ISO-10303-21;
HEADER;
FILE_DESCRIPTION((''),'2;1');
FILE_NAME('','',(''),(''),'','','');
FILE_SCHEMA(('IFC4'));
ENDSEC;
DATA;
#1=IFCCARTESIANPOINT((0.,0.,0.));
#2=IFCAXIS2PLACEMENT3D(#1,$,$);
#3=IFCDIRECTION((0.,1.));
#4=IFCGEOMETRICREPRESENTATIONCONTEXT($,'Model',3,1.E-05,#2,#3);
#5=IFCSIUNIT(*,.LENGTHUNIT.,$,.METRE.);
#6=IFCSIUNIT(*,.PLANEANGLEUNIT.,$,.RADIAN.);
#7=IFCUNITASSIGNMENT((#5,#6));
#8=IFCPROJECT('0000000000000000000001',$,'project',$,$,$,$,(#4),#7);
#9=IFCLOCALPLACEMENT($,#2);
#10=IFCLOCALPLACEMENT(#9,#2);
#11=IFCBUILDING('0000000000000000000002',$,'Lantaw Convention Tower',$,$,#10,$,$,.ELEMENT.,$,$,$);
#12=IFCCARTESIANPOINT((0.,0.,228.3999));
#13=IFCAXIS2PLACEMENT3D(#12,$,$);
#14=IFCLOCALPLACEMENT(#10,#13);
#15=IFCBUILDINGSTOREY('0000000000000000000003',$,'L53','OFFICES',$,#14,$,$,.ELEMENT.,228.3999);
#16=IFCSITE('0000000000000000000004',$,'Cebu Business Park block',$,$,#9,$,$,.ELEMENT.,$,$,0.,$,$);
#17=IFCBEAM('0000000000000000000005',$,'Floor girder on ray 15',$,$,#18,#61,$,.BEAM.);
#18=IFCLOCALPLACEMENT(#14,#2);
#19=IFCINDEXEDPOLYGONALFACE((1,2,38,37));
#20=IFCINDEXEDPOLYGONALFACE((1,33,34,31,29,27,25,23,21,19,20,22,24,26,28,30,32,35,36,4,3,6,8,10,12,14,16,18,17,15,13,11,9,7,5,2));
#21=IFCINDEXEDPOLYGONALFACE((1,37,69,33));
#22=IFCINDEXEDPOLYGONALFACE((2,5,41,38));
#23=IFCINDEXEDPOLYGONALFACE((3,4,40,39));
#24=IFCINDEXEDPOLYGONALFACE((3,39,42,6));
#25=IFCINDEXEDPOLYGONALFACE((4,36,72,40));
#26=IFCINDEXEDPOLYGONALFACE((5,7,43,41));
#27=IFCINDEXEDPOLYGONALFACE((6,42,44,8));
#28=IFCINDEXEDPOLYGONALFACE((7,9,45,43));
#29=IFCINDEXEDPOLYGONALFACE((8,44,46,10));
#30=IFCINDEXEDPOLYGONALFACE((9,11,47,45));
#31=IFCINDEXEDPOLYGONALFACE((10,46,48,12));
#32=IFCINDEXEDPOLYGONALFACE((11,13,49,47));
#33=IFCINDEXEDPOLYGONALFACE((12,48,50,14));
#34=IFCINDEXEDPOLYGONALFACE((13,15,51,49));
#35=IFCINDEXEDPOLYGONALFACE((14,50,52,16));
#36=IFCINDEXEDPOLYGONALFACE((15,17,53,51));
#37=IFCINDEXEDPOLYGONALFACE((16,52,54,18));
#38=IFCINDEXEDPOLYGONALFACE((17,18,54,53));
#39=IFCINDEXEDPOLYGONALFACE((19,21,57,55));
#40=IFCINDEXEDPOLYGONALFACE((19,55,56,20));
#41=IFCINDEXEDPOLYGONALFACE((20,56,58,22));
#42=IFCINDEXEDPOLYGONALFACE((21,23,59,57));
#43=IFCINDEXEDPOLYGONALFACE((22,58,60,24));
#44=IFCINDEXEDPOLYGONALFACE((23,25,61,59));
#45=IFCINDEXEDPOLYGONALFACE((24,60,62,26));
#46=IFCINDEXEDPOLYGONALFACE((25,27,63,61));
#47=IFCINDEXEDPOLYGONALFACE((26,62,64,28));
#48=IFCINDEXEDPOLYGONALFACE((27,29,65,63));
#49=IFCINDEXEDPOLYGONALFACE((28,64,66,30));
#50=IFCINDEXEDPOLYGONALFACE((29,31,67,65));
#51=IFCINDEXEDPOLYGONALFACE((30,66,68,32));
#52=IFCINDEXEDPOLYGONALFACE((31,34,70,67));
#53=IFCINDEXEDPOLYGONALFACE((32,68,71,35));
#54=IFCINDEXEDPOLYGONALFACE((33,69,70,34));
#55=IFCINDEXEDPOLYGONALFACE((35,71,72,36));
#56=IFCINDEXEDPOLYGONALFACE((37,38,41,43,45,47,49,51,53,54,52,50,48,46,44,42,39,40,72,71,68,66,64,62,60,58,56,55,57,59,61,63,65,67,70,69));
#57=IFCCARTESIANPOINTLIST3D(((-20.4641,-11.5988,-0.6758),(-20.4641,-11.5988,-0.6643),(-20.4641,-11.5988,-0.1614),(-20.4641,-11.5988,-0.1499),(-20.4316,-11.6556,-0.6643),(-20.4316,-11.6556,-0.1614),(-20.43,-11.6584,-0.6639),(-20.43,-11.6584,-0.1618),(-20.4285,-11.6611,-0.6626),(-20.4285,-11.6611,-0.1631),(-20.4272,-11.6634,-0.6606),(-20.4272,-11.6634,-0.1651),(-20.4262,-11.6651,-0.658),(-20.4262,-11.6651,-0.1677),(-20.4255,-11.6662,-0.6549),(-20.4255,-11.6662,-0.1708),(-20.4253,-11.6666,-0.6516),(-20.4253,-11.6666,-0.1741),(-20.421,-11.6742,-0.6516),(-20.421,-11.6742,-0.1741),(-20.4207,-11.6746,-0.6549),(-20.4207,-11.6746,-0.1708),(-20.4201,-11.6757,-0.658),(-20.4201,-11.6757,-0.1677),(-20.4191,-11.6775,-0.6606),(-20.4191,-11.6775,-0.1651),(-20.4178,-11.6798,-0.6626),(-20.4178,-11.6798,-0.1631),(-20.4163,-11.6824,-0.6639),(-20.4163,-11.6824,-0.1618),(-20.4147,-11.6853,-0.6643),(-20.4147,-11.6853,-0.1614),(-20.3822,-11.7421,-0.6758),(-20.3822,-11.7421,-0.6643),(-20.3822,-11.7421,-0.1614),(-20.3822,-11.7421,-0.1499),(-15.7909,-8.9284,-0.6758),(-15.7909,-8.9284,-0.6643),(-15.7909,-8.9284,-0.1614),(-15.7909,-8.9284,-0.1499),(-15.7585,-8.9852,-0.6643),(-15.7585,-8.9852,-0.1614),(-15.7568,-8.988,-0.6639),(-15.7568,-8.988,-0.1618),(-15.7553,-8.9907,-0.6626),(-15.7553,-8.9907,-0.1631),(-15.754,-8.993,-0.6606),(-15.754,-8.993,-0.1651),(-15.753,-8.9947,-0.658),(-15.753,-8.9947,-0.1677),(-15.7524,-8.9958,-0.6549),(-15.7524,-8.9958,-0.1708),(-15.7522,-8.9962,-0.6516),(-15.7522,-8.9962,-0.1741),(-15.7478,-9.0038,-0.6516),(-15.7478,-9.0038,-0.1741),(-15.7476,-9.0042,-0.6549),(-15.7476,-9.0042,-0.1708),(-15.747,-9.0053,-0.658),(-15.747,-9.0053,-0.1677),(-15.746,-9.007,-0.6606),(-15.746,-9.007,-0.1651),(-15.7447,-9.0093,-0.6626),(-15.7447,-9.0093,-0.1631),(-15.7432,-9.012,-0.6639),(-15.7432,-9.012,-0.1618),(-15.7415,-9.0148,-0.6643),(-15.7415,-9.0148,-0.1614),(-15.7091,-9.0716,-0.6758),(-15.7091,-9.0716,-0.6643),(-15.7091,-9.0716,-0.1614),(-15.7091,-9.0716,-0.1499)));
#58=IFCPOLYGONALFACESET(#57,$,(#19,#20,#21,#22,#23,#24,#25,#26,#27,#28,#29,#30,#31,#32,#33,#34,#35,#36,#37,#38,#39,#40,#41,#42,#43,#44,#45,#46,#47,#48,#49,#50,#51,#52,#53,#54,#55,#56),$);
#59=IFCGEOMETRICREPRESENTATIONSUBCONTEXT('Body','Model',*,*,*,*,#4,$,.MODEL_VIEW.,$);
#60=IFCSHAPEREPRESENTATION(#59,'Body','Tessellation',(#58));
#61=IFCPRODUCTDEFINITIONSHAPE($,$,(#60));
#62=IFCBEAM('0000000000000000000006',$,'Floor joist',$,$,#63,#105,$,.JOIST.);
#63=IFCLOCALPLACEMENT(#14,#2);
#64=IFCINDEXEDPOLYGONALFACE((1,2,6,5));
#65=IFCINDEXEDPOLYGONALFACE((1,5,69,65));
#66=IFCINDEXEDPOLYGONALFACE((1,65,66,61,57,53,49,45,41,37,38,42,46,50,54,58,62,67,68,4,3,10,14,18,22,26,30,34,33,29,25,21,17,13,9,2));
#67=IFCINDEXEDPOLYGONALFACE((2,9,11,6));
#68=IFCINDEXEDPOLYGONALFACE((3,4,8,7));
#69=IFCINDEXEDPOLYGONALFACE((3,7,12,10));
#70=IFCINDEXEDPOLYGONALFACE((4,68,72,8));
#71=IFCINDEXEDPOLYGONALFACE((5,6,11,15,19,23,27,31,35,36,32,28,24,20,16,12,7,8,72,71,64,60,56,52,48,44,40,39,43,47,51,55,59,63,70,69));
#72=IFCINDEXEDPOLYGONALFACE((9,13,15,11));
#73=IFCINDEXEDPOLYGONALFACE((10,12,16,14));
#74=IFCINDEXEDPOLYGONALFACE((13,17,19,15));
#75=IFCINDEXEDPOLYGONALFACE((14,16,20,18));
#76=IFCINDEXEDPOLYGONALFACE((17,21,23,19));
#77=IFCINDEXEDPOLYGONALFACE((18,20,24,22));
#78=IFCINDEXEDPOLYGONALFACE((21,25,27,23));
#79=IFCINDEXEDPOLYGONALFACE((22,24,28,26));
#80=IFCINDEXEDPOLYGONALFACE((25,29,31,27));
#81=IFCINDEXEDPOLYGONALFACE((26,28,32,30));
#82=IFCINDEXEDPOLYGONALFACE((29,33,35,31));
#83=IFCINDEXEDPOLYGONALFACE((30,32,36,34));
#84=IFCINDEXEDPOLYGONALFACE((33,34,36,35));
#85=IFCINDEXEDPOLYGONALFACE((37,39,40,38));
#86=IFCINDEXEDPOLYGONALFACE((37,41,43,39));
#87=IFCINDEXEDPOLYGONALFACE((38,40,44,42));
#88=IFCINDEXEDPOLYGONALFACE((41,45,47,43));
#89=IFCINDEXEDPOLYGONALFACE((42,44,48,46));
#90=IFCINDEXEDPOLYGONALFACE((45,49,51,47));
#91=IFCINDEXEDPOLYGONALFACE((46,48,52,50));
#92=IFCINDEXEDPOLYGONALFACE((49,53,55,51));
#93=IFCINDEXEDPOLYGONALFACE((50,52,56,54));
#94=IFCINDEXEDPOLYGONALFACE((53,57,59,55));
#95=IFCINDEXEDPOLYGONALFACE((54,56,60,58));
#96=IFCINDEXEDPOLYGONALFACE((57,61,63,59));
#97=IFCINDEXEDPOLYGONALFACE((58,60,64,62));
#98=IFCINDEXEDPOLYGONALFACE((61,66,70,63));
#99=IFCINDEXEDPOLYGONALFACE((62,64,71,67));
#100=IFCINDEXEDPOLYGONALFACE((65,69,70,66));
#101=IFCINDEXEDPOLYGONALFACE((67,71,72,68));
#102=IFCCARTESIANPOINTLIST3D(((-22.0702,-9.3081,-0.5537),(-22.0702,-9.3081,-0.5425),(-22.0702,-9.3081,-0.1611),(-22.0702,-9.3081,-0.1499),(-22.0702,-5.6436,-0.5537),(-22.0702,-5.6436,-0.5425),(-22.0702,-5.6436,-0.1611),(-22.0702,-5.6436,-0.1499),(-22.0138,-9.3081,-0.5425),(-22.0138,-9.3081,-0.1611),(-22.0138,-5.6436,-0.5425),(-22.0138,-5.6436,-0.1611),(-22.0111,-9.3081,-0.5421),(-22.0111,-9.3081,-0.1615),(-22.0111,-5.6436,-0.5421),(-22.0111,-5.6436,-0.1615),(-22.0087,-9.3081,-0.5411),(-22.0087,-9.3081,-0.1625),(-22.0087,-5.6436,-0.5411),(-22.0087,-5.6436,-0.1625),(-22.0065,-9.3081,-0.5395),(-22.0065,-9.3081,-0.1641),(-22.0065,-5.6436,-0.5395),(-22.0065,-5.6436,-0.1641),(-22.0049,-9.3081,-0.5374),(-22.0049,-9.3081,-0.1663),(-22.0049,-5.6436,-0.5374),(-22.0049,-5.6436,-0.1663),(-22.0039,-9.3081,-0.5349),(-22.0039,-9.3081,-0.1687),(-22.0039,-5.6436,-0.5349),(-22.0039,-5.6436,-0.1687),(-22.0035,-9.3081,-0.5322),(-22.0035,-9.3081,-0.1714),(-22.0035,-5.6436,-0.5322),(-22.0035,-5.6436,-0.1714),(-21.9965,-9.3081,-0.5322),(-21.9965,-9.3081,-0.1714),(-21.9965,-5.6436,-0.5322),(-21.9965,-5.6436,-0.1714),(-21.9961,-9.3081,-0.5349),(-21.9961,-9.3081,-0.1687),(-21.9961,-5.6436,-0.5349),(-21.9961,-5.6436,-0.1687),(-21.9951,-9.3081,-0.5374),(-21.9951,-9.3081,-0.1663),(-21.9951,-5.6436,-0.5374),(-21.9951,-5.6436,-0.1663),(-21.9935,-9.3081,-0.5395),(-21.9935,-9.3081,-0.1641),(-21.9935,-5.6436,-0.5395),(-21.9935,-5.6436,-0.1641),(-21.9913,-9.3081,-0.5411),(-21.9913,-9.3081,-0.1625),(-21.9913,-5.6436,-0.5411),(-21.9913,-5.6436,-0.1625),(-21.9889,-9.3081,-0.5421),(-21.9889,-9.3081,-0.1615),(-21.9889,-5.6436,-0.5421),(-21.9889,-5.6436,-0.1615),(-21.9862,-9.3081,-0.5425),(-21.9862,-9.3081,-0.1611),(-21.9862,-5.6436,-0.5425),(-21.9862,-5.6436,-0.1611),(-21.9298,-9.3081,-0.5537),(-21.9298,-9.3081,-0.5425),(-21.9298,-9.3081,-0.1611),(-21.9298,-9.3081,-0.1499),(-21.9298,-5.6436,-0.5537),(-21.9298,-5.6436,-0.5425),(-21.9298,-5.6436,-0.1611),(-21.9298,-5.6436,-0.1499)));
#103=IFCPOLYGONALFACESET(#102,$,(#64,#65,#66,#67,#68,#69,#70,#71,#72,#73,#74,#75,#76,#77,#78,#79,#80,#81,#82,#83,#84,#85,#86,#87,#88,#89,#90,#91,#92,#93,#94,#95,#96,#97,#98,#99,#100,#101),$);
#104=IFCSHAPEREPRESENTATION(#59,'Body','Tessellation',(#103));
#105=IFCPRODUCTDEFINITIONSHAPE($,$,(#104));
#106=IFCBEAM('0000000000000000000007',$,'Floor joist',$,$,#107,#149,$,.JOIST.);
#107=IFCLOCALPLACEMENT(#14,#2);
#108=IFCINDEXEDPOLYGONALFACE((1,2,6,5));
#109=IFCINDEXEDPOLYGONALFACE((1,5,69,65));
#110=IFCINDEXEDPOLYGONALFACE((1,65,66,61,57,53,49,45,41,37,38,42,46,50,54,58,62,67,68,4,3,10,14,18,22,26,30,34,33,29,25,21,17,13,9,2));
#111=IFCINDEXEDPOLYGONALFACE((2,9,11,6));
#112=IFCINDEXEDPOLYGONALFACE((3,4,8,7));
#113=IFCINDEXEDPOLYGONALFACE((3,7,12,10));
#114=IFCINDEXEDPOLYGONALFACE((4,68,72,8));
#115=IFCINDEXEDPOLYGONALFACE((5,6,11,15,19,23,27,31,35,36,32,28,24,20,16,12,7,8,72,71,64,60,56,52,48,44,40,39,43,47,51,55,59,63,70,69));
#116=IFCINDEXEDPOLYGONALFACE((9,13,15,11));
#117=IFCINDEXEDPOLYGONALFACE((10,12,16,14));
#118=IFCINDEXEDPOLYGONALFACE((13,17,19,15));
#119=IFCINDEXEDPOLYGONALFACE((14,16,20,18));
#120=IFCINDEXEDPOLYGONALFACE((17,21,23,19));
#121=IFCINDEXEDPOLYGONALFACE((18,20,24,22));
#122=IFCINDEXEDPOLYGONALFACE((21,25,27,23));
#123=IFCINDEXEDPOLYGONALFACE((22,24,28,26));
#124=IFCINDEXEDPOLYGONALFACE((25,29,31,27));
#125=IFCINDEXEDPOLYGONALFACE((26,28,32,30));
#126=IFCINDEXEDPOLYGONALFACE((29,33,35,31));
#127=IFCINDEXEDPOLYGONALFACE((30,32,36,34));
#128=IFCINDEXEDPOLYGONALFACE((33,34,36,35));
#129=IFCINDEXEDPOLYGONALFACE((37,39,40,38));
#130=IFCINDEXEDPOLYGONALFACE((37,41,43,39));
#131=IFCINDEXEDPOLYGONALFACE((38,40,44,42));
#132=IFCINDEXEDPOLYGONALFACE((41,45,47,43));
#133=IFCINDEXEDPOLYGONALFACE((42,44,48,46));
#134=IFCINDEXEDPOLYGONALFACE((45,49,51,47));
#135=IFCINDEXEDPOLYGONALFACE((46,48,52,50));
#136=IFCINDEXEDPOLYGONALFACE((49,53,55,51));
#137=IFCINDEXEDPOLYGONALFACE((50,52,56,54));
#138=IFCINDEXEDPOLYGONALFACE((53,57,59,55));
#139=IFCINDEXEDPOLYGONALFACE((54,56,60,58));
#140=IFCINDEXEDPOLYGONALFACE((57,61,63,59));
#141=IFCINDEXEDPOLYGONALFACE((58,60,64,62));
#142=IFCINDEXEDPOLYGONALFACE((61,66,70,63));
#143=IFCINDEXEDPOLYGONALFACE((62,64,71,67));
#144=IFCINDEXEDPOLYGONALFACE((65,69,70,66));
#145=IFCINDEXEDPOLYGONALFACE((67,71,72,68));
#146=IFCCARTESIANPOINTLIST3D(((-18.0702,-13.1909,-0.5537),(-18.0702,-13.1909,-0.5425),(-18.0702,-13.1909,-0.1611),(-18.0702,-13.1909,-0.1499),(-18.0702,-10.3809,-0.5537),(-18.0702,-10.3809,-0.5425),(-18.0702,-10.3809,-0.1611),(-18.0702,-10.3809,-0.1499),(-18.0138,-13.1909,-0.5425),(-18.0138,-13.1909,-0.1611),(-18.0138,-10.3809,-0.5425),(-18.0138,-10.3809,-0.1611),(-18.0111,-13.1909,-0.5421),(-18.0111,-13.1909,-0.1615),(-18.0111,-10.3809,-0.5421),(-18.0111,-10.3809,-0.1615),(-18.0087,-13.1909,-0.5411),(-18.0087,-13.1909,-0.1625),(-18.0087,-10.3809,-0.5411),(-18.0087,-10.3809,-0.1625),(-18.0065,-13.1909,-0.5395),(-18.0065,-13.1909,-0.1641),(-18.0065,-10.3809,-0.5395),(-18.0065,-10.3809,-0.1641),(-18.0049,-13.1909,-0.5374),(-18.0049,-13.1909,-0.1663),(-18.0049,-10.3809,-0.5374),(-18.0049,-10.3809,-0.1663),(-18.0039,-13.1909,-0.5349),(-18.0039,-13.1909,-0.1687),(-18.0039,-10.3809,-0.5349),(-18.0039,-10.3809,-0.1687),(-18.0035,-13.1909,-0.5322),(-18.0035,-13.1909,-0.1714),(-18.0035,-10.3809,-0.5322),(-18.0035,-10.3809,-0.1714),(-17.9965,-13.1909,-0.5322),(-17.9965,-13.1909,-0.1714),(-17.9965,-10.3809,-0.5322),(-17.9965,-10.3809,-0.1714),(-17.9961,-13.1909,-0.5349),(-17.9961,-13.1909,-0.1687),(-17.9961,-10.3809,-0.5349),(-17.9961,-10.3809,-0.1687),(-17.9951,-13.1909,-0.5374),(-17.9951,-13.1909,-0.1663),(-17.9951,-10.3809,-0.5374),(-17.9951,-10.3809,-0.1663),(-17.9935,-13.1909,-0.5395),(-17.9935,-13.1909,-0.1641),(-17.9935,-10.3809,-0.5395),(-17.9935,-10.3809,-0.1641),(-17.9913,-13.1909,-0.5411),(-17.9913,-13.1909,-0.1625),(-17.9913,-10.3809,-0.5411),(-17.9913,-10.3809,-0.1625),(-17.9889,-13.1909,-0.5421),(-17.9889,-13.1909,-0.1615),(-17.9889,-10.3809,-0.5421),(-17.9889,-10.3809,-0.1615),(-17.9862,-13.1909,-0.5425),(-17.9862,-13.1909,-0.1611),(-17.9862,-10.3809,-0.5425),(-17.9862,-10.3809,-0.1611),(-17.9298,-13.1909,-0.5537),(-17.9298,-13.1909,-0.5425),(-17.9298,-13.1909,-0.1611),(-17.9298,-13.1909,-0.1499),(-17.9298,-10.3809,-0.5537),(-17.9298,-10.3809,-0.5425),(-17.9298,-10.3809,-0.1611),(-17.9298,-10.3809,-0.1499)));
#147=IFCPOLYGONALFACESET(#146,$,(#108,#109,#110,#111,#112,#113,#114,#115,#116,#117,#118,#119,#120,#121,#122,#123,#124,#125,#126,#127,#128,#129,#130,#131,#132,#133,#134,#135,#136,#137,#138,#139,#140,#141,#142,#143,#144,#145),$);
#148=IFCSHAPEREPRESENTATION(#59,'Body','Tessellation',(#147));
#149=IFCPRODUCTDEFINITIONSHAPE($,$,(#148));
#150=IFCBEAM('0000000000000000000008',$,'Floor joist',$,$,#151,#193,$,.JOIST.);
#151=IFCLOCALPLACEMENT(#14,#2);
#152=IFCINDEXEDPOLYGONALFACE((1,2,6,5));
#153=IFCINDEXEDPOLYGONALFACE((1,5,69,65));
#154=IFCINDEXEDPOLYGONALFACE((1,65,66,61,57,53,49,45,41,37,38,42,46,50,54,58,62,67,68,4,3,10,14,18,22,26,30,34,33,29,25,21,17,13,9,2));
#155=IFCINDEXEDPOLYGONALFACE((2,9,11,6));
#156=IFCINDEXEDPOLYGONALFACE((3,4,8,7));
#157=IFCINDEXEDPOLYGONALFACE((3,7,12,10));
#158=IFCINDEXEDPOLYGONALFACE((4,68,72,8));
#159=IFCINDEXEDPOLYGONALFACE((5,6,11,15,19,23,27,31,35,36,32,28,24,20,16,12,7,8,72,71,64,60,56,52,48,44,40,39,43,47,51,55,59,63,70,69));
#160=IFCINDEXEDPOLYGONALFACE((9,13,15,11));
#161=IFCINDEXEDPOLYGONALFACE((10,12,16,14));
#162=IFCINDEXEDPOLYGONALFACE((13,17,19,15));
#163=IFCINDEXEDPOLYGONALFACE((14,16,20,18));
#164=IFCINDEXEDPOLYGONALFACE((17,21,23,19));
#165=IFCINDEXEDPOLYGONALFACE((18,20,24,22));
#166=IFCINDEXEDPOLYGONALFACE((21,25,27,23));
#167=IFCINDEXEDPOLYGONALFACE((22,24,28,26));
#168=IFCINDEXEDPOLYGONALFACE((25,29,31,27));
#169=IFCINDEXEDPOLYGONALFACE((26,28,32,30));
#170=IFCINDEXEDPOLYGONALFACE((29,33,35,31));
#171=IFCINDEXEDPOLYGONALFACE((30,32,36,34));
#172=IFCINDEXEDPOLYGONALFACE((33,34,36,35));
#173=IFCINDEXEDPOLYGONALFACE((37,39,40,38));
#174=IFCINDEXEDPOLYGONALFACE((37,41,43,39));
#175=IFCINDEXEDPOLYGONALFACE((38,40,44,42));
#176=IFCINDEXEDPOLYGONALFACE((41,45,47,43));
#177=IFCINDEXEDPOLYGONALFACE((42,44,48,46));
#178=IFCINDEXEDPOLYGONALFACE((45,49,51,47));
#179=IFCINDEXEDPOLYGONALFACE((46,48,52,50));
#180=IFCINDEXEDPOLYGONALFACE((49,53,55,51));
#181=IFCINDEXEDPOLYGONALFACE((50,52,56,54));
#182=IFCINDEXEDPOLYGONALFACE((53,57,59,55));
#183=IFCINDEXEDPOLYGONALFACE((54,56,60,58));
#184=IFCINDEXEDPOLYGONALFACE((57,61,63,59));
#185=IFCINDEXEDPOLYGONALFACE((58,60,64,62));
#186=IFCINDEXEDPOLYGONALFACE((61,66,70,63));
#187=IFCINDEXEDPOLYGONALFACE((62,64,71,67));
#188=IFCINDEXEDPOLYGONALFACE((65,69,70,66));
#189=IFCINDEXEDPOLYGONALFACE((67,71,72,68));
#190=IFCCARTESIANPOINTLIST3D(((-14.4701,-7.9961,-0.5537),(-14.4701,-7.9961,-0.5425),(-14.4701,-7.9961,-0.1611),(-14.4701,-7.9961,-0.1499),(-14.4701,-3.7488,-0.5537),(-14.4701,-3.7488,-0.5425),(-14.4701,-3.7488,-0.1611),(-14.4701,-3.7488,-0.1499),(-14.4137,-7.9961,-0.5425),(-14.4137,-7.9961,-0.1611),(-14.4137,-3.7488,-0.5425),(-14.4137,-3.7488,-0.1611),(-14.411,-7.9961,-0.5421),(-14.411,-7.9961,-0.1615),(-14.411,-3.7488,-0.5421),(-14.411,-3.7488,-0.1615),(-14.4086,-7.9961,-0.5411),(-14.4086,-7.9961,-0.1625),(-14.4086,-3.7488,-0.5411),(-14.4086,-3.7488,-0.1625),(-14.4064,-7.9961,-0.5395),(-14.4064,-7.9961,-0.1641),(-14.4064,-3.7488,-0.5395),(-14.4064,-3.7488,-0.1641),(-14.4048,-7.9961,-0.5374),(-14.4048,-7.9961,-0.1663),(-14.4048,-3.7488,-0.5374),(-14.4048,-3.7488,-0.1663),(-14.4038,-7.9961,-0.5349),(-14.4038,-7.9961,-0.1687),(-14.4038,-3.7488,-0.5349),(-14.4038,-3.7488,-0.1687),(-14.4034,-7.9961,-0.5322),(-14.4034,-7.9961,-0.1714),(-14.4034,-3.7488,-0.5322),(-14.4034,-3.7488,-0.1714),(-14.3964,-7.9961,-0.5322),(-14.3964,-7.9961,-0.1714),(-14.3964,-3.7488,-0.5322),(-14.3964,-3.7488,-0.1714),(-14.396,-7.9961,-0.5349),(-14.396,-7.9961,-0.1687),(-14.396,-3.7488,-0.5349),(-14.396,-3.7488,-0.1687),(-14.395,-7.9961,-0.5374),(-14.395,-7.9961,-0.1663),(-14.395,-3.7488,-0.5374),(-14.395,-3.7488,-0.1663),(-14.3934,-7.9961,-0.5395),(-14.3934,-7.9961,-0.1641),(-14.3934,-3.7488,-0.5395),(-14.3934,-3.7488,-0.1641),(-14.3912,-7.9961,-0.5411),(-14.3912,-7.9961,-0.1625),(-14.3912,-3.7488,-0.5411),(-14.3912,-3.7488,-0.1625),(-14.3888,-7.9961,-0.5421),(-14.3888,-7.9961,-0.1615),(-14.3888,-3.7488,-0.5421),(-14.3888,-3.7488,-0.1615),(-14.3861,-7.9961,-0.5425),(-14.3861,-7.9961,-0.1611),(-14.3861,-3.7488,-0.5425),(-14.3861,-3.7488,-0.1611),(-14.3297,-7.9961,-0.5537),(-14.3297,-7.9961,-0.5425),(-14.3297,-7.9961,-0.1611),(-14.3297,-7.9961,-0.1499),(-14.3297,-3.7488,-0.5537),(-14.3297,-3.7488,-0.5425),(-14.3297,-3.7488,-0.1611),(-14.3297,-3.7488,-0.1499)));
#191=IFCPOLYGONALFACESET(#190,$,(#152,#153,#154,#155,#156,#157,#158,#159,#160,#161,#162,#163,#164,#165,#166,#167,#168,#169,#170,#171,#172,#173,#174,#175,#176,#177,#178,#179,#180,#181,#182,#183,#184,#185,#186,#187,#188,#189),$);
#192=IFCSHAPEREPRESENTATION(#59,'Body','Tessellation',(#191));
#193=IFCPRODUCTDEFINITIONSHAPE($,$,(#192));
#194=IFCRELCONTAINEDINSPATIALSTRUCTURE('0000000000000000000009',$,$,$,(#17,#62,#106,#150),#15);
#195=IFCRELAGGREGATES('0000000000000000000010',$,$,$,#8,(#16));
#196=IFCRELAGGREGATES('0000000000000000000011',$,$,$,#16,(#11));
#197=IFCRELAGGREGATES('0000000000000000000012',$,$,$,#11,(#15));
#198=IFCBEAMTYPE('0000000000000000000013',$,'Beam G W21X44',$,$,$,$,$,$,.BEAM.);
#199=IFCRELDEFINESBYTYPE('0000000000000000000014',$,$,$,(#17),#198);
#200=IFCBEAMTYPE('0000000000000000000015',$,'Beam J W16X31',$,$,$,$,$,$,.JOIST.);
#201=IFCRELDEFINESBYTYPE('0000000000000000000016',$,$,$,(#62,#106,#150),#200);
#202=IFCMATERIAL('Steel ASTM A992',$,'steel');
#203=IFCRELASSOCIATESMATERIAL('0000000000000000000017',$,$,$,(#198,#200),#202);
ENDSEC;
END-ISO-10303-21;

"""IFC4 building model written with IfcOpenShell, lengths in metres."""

from ifc_helpers import new_model, si_unit, direction, frame, origin, origin_2d, place, context, subcontext, project, spatial, i_section, extrude, material, material_profile, profile_set, type_object, element, save


model = new_model("IFC4")

# Units and contexts
model_context = context("Model", 3, precision=1e-05, world=origin(), true_north=direction((0.0, 1.0)))
body_context = subcontext(model_context, "Body", "Model", "MODEL_VIEW")
ifc_project = project(units=[si_unit("LENGTHUNIT", "METRE"), si_unit("PLANEANGLEUNIT", "RADIAN")], contexts=[model_context])

# Site, building, storey
site_placement = place(None, origin())
site = spatial("IfcSite", under=ifc_project, at=site_placement, Name="Cebu Business Park block", CompositionType="ELEMENT", RefElevation=0.0)
building_placement = place(site_placement, origin())
building = spatial("IfcBuilding", under=site, at=building_placement, Name="Lantaw Convention Tower", CompositionType="ELEMENT")
storey_placement = place(building_placement, frame((0.0, 0.0, 228.3999)))
storey = spatial("IfcBuildingStorey", under=building, at=storey_placement, Name="L53", Description="OFFICES", CompositionType="ELEMENT", Elevation=228.3999)

# Beams
ifc_material_1 = material(Name="Steel ASTM A992", Category="steel")
ifc_material_profile_1 = material_profile(ifc_material_1, i_section(OverallWidth=0.165, OverallDepth=0.5259, WebThickness=0.0088, FlangeThickness=0.0115, FilletRadius=0.0127, at=origin_2d()), Name="W21X44")
ifc_profile_set_1 = profile_set([ifc_material_profile_1], Name="Steel ASTM A992")
beam_type_1 = type_object("IfcBeamType", Name="Beam G W21X44", PredefinedType="BEAM", material=ifc_profile_set_1)
beam_1_placement = place(storey_placement, frame((-15.75, -9.0, -0.4128), z_axis=(-0.868238, -0.496149, 0.0), x_axis=(0.496149, -0.868238, 0.0)))
element("IfcBeam", 1, at=beam_1_placement, inside=storey, type_object=beam_type_1, Name="Floor girder on ray 15", PredefinedType="BEAM", context=body_context, shape_type="SweptSolid", body=[
    extrude(i_section(OverallWidth=0.165, OverallDepth=0.5259, WebThickness=0.0088, FlangeThickness=0.0115, FilletRadius=0.0127, at=origin_2d()), origin(), (0.0, 0.0, 1.0), 5.3823),
])
ifc_material_profile_2 = material_profile(ifc_material_1, i_section(OverallWidth=0.1404, OverallDepth=0.4038, WebThickness=0.0071, FlangeThickness=0.0112, FilletRadius=0.0103, at=origin_2d()), Name="W16X31")
ifc_profile_set_2 = profile_set([ifc_material_profile_2], Name="Steel ASTM A992")
beam_type_2 = type_object("IfcBeamType", Name="Beam J W16X31", PredefinedType="JOIST", material=ifc_profile_set_2)
beam_2_placement = place(storey_placement, frame((-22.0, -9.3081, -0.3518), z_axis=(0.0, 1.0, 0.0), x_axis=(-1.0, 0.0, 0.0)))
element("IfcBeam", 2, at=beam_2_placement, inside=storey, type_object=beam_type_2, Name="Floor joist", PredefinedType="JOIST", context=body_context, shape_type="SweptSolid", body=[
    extrude(i_section(OverallWidth=0.1404, OverallDepth=0.4038, WebThickness=0.0071, FlangeThickness=0.0112, FilletRadius=0.0103, at=origin_2d()), origin(), (0.0, 0.0, 1.0), 3.6646),
])
beam_3_placement = place(storey_placement, frame((-18.0, -13.1909, -0.3518), z_axis=(0.0, 1.0, 0.0), x_axis=(-1.0, 0.0, 0.0)))
element("IfcBeam", 3, at=beam_3_placement, inside=storey, type_object=beam_type_2, Name="Floor joist", PredefinedType="JOIST", context=body_context, shape_type="SweptSolid", body=[
    extrude(i_section(OverallWidth=0.1404, OverallDepth=0.4038, WebThickness=0.0071, FlangeThickness=0.0112, FilletRadius=0.0103, at=origin_2d()), origin(), (0.0, 0.0, 1.0), 2.8101),
])
beam_4_placement = place(storey_placement, frame((-14.3999, -7.9961, -0.3518), z_axis=(0.0, 1.0, 0.0), x_axis=(-1.0, 0.0, 0.0)))
element("IfcBeam", 4, at=beam_4_placement, inside=storey, type_object=beam_type_2, Name="Floor joist", PredefinedType="JOIST", context=body_context, shape_type="SweptSolid", body=[
    extrude(i_section(OverallWidth=0.1404, OverallDepth=0.4038, WebThickness=0.0071, FlangeThickness=0.0112, FilletRadius=0.0103, at=origin_2d()), origin(), (0.0, 0.0, 1.0), 4.2473),
])

save(model, "model.ifc")
